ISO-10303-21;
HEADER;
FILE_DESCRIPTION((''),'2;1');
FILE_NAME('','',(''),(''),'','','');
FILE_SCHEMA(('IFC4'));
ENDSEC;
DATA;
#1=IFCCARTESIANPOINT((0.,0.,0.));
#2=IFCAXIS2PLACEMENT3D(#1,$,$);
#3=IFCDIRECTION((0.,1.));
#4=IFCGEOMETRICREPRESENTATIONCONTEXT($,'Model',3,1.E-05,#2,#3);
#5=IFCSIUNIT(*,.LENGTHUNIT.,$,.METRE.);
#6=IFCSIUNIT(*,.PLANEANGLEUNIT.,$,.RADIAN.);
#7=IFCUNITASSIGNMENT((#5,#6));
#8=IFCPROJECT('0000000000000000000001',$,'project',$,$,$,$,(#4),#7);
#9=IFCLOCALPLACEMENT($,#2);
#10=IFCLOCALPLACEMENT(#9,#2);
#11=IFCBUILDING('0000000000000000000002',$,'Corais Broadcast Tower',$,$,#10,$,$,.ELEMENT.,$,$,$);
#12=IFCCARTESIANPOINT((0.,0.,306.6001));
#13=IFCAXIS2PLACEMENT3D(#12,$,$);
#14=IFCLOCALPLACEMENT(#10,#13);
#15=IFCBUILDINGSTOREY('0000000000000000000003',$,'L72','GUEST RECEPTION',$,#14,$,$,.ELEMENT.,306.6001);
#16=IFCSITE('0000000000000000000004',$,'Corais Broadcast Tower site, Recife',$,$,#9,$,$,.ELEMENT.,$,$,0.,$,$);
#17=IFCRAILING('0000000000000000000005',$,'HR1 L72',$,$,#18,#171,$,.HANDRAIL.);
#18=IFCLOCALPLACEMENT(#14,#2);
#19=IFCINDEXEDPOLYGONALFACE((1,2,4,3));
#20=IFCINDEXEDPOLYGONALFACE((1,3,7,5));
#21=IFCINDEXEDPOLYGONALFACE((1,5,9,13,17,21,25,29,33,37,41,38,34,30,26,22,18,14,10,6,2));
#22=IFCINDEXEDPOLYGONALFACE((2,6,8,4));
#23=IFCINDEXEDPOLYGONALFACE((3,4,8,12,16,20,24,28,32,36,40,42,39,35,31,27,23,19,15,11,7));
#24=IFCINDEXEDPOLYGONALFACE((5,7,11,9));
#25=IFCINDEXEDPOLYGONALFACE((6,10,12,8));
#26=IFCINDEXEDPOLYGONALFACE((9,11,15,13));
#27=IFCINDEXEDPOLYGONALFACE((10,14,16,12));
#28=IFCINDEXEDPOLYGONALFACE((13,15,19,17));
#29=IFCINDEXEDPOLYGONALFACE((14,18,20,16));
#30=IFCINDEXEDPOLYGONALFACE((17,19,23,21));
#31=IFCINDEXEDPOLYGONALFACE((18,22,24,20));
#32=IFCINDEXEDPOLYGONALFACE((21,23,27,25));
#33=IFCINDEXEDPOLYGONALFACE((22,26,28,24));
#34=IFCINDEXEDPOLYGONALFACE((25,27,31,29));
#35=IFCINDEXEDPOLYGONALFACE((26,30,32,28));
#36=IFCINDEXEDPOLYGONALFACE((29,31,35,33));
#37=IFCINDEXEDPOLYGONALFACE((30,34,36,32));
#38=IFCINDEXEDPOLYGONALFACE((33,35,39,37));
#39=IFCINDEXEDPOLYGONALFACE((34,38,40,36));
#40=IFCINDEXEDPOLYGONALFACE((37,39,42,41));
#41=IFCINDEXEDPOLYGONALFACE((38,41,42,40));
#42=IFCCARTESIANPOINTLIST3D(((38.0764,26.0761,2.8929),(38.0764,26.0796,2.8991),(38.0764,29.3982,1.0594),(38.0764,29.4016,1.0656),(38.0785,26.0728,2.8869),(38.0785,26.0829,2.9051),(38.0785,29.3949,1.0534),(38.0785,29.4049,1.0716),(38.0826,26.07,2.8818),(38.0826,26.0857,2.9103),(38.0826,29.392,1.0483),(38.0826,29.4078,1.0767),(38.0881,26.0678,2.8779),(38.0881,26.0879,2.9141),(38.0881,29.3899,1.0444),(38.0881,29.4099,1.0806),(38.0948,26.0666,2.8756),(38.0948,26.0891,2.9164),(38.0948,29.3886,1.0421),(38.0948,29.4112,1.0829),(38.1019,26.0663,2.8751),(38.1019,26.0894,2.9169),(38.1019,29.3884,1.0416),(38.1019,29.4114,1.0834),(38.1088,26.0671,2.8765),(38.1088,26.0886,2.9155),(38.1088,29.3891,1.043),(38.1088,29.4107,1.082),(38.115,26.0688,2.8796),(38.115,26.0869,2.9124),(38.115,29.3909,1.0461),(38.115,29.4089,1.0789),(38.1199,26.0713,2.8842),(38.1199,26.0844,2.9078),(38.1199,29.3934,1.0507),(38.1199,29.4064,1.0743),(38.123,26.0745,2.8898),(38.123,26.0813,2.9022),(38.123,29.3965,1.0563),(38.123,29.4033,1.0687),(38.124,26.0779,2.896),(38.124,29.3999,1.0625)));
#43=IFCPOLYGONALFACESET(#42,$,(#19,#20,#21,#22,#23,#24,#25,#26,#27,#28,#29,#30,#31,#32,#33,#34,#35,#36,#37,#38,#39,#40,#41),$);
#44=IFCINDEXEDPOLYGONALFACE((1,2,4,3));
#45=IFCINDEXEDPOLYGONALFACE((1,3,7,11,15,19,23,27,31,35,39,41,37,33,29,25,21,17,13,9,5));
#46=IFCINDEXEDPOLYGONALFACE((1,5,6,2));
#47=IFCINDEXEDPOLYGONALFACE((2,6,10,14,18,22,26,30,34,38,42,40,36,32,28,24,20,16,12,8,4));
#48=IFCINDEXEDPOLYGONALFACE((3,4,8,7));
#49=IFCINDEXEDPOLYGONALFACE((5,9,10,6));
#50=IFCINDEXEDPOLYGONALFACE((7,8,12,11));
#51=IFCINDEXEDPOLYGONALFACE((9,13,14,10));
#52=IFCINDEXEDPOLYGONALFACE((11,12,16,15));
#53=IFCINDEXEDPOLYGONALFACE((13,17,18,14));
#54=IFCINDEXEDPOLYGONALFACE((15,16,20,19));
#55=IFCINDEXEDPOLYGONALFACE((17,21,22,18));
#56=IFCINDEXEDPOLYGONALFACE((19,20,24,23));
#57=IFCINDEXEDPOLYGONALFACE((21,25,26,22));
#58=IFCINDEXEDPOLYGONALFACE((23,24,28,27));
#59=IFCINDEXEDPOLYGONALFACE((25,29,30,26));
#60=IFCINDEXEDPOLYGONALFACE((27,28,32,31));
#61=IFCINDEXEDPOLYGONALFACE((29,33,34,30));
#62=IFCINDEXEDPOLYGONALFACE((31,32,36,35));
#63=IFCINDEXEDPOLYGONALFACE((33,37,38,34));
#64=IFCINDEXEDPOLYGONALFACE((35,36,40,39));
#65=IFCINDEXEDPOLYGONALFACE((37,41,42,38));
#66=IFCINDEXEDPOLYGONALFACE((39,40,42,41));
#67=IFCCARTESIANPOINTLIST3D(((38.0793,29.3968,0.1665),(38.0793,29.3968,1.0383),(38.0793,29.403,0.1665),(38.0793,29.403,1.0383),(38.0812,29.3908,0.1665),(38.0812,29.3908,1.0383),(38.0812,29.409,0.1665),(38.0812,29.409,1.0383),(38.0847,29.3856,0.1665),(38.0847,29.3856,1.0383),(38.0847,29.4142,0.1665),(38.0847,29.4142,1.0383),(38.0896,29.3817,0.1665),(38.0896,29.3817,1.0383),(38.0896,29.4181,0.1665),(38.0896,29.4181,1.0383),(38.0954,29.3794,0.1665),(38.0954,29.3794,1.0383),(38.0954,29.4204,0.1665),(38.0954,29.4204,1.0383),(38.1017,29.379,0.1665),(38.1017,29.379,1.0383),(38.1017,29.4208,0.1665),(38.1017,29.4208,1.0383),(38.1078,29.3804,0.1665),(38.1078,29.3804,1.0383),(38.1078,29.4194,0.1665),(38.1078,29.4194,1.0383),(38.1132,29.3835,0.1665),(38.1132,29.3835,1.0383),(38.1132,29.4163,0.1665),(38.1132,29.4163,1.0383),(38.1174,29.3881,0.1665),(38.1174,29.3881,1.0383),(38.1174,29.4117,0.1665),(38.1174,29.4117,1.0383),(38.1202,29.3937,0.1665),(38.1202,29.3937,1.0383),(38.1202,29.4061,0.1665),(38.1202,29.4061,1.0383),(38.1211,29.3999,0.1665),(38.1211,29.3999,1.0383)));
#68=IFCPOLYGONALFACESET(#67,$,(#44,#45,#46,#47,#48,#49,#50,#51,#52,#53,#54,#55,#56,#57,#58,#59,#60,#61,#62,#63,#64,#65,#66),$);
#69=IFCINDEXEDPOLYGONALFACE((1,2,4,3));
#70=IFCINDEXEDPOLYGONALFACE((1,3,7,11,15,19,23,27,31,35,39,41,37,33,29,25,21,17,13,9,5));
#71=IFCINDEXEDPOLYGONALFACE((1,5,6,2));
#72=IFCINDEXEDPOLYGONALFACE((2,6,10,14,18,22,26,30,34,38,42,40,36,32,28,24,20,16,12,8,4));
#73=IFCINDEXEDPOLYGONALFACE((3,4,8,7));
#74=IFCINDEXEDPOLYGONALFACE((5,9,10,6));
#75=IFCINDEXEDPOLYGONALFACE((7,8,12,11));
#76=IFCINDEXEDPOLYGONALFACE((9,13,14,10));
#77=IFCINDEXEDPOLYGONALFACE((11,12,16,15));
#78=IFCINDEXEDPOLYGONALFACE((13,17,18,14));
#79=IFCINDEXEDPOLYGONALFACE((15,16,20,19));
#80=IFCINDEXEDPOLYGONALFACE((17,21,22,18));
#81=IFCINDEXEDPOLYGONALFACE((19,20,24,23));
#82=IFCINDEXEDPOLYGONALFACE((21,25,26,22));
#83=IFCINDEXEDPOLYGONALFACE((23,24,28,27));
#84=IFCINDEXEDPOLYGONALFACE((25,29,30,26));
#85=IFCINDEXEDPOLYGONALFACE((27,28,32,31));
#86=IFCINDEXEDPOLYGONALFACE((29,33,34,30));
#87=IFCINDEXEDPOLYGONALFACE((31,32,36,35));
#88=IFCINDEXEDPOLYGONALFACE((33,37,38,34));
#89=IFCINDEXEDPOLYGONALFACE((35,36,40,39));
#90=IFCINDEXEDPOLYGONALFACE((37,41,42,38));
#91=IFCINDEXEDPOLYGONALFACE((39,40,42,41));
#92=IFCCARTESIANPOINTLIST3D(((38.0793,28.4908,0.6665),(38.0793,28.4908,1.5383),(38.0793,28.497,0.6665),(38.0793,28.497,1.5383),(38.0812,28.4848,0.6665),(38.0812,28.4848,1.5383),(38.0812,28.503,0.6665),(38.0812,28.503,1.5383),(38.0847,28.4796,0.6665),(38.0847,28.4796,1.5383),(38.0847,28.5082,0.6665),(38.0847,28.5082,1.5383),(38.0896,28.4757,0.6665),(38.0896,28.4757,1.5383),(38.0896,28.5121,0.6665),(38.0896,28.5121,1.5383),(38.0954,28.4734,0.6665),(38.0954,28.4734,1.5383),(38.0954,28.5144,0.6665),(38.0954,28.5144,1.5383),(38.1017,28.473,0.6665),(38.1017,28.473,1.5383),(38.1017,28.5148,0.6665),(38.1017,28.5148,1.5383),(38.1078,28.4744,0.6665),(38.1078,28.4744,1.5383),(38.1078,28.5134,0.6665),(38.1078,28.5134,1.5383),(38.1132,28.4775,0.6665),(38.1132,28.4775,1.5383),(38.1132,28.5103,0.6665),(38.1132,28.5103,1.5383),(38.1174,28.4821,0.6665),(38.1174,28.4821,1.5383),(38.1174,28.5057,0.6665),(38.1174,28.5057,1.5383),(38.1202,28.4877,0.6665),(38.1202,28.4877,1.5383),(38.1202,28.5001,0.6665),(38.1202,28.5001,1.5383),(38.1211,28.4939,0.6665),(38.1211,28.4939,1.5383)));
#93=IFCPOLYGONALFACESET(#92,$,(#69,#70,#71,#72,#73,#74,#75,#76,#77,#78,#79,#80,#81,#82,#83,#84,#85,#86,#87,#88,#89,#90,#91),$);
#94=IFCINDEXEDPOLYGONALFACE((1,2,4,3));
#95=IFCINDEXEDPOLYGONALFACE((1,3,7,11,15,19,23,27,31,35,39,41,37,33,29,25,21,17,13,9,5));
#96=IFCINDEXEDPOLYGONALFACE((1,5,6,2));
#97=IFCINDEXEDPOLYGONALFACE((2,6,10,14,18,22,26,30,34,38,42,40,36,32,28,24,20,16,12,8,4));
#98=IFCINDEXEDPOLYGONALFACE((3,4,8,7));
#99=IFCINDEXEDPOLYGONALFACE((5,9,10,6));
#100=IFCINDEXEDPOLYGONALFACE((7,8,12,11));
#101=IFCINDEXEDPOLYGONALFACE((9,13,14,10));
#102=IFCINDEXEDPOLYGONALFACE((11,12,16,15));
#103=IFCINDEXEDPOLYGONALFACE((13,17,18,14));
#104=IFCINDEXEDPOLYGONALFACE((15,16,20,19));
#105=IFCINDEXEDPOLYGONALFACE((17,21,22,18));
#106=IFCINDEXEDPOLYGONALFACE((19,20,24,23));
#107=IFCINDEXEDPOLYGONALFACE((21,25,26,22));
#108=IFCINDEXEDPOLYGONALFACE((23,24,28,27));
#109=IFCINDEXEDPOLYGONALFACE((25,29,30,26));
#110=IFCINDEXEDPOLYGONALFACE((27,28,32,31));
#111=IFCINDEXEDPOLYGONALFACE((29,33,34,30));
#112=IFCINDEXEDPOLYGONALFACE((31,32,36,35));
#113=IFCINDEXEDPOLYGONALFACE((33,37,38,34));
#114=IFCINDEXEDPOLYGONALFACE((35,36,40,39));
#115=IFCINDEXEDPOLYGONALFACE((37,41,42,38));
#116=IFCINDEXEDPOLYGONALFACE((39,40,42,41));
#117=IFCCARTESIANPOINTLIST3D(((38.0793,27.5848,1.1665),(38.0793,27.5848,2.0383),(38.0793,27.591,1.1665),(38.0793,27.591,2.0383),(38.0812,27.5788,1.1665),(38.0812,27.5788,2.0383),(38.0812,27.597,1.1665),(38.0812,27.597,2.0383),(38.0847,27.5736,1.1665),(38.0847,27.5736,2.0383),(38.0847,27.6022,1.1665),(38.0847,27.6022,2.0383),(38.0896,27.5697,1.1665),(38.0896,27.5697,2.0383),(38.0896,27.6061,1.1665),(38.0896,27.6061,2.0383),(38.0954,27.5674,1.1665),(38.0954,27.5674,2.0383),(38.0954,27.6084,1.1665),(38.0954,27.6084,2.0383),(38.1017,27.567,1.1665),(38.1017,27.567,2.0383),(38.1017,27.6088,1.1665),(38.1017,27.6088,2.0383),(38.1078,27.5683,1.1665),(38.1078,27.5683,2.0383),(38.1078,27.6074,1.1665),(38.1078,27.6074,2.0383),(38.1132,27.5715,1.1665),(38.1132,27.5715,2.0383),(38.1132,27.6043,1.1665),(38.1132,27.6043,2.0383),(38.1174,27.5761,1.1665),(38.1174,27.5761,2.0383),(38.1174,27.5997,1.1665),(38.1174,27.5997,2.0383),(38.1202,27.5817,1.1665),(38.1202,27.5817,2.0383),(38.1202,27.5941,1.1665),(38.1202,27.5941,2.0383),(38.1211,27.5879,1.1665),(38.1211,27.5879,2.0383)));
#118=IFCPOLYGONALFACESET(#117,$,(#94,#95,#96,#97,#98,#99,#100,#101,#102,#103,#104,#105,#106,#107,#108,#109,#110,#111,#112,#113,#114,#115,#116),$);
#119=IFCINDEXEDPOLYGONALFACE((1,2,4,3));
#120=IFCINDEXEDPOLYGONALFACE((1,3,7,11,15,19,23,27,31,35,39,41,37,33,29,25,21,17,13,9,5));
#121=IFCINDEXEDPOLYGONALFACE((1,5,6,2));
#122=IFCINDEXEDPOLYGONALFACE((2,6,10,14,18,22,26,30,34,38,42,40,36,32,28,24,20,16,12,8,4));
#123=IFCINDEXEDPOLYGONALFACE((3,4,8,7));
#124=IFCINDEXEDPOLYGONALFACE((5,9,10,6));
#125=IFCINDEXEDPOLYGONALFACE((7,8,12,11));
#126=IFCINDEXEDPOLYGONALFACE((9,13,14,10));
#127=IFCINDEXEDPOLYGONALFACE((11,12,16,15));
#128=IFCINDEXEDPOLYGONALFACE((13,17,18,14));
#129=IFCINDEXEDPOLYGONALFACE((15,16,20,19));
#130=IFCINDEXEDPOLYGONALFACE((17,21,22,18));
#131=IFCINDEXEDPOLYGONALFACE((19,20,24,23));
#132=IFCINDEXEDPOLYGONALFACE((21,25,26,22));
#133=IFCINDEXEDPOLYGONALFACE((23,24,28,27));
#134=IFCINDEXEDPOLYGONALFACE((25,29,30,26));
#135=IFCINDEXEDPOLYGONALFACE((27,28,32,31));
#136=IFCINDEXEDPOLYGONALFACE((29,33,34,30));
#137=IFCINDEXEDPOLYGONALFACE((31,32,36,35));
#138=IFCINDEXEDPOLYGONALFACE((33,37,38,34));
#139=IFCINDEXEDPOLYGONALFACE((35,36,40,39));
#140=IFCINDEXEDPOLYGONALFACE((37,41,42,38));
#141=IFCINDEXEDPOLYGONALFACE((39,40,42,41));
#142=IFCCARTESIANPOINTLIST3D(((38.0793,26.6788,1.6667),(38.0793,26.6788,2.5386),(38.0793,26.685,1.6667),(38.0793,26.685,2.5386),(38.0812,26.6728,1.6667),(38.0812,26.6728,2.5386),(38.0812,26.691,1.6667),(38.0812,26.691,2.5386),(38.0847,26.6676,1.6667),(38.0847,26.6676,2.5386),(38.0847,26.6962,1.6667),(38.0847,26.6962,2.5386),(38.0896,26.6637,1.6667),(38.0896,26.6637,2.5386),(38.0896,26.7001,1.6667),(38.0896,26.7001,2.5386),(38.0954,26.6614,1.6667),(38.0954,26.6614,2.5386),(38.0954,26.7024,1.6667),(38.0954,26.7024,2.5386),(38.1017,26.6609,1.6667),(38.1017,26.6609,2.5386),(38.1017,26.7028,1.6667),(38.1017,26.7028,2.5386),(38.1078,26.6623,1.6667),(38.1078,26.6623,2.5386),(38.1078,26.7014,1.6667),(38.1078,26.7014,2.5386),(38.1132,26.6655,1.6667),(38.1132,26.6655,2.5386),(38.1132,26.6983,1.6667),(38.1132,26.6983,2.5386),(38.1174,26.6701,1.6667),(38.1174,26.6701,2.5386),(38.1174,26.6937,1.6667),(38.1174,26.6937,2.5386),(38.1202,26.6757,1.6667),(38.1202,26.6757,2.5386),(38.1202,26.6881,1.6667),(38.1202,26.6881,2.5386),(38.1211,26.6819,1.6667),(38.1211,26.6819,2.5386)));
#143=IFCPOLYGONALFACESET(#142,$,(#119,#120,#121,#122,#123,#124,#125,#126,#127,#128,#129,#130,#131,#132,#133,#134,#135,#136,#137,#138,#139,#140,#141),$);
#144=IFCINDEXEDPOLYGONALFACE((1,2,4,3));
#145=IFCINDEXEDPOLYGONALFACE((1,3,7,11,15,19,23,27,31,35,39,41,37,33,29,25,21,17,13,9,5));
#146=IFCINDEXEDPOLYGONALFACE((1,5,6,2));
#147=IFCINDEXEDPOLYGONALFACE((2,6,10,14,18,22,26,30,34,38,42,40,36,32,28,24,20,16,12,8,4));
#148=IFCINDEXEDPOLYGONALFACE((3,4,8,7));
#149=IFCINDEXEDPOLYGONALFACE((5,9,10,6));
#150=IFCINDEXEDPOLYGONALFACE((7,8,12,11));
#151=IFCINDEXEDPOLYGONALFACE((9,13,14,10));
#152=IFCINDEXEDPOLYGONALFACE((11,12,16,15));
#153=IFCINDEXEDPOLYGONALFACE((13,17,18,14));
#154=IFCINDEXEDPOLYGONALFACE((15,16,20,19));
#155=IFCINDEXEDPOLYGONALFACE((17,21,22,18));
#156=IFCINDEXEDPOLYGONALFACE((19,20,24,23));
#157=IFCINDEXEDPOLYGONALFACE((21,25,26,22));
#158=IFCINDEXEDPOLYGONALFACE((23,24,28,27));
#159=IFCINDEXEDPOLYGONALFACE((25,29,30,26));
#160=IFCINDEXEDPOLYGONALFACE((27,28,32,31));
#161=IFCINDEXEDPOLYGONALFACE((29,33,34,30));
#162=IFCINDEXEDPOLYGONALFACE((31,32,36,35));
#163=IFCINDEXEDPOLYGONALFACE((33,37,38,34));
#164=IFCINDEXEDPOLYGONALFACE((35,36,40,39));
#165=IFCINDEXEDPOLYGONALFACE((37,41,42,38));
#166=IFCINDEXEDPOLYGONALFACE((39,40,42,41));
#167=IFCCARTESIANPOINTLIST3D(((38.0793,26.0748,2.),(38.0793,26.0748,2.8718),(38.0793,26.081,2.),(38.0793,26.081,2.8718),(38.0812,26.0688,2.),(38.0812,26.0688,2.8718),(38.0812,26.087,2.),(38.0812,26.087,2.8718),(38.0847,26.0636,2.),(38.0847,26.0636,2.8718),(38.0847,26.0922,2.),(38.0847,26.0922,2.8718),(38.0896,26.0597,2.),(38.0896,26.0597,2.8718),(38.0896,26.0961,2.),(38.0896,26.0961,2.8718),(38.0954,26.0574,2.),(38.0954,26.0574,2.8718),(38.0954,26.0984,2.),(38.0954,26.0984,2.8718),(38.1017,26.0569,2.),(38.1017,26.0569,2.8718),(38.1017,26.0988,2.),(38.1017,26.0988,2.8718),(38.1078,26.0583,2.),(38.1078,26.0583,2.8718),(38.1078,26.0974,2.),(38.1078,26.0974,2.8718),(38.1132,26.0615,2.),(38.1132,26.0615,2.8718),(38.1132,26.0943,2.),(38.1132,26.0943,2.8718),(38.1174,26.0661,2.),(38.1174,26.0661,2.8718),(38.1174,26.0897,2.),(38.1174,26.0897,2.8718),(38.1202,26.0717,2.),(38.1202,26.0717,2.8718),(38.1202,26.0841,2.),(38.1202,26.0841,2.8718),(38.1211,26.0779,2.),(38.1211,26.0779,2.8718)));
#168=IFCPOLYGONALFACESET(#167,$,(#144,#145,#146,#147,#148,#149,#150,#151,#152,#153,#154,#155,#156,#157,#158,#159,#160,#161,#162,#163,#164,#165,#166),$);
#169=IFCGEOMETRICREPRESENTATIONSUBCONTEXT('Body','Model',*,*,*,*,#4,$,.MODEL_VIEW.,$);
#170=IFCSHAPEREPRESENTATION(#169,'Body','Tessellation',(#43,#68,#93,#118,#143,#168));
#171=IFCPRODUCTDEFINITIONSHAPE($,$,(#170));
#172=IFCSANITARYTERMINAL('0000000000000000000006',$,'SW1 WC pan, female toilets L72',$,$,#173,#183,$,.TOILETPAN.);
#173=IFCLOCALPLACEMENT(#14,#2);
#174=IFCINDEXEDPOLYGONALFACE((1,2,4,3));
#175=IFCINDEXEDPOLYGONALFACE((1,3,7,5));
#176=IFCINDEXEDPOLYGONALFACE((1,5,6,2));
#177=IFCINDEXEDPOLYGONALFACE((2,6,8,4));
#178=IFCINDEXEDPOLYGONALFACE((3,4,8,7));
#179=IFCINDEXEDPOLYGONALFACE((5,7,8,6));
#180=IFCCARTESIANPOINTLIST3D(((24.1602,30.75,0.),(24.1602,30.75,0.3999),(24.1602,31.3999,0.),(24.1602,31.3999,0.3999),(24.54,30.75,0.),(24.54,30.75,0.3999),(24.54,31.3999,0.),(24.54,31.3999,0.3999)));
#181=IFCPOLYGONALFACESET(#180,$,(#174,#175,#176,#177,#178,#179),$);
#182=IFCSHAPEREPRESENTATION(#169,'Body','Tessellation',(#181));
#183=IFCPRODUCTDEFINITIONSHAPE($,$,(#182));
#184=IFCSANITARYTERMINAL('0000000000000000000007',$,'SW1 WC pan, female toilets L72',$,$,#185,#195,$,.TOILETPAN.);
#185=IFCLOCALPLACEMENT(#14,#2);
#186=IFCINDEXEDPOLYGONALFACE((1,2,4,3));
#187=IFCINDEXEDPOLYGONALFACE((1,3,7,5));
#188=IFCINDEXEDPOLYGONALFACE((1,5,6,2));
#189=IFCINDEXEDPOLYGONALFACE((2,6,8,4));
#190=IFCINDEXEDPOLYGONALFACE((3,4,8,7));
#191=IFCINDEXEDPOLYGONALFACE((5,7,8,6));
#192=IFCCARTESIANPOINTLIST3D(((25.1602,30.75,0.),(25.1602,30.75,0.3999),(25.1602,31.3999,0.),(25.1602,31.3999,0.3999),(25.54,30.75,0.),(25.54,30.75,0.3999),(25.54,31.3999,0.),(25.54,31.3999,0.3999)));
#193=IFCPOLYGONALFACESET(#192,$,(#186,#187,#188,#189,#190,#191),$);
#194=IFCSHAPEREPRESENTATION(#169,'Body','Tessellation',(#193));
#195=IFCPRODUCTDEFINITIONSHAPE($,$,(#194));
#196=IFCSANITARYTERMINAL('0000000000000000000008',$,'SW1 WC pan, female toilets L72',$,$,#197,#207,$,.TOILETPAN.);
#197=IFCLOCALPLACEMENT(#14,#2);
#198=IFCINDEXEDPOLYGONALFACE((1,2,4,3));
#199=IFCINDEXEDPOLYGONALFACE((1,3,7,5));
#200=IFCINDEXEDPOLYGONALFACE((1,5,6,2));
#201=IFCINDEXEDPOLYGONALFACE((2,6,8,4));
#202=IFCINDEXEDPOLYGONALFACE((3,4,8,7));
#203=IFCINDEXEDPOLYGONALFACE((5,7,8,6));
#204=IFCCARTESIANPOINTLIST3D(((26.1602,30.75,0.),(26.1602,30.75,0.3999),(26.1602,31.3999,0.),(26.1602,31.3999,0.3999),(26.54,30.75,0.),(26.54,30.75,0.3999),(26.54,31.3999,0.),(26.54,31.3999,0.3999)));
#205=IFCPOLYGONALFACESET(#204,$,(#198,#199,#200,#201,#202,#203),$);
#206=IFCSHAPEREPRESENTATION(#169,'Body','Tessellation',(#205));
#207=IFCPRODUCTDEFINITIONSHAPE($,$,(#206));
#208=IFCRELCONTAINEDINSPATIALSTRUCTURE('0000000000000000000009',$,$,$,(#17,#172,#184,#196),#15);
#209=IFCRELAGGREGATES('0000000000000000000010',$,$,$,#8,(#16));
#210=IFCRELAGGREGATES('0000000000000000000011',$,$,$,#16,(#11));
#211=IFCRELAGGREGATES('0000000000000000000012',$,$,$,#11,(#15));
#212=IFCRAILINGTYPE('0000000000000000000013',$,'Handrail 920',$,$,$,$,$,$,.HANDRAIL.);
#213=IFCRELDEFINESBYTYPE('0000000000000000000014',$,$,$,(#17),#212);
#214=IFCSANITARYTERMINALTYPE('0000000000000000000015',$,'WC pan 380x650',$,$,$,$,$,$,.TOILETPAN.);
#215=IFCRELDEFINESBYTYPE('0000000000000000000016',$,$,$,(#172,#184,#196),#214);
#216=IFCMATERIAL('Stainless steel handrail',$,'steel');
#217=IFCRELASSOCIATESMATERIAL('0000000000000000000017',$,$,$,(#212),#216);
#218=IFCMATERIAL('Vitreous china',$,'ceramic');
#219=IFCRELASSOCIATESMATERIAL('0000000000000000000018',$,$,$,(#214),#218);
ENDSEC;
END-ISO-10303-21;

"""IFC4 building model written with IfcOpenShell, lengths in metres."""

from ifc_helpers import new_model, si_unit, direction, frame, origin, origin_2d, place, context, subcontext, project, spatial, rectangle, circle, extrude, material, type_object, element, save


model = new_model("IFC4")

# Units and contexts
model_context = context("Model", 3, precision=1e-05, world=origin(), true_north=direction((0.0, 1.0)))
body_context = subcontext(model_context, "Body", "Model", "MODEL_VIEW")
ifc_project = project(units=[si_unit("LENGTHUNIT", "METRE"), si_unit("PLANEANGLEUNIT", "RADIAN")], contexts=[model_context])

# Site, building, storey
site_placement = place(None, origin())
site = spatial("IfcSite", under=ifc_project, at=site_placement, Name="Corais Broadcast Tower site, Recife", CompositionType="ELEMENT", RefElevation=0.0)
building_placement = place(site_placement, origin())
building = spatial("IfcBuilding", under=site, at=building_placement, Name="Corais Broadcast Tower", CompositionType="ELEMENT")
storey_placement = place(building_placement, frame((0.0, 0.0, 306.6001)))
storey = spatial("IfcBuildingStorey", under=building, at=storey_placement, Name="L72", Description="GUEST RECEPTION", CompositionType="ELEMENT", Elevation=306.6001)

# Railing
ifc_material_1 = material(Name="Stainless steel handrail", Category="steel")
railing_type = type_object("IfcRailingType", Name="Handrail 920", PredefinedType="HANDRAIL", material=ifc_material_1)
for number, where, name in (
    (1, (38.1001, 29.3999, 0.1665), "HR1 L72"),
):
    element("IfcRailing", number, at=place(storey_placement, frame(where)), inside=storey, type_object=railing_type, Name=name, PredefinedType="HANDRAIL", context=body_context, shape_type="SweptSolid", body=[
        extrude(circle(Radius=0.0239, at=origin_2d()), frame((0.0, 0.0, 0.896), z_axis=(0.0, -0.875504, 0.48321), x_axis=(1.0, 0.0, 0.0)), (0.0, 0.0, 1.0), 3.7944),
        extrude(circle(Radius=0.021, at=origin_2d()), origin(), (0.0, 0.0, 1.0), 0.8718),
        extrude(circle(Radius=0.021, at=origin_2d()), frame((0.0, -0.906, 0.5)), (0.0, 0.0, 1.0), 0.8718),
        extrude(circle(Radius=0.021, at=origin_2d()), frame((0.0, -1.812, 1.0)), (0.0, 0.0, 1.0), 0.8718),
        extrude(circle(Radius=0.021, at=origin_2d()), frame((0.0, -2.718, 1.5002)), (0.0, 0.0, 1.0), 0.8718),
        extrude(circle(Radius=0.021, at=origin_2d()), frame((0.0, -3.322, 1.8335)), (0.0, 0.0, 1.0), 0.8718),
    ])

# Sanitary terminals
ifc_material_2 = material(Name="Vitreous china", Category="ceramic")
sanitary_terminal_type = type_object("IfcSanitaryTerminalType", Name="WC pan 380x650", PredefinedType="TOILETPAN", material=ifc_material_2)
for number, where, z_axis, x_axis, name in (
    (2, (24.3501, 31.075, 0.0), (0.0, 0.0, 1.0), (1.0, 0.0, 0.0), "SW1 WC pan, female toilets L72"),
    (3, (25.3501, 31.075, 0.0), (0.0, 0.0, 1.0), (1.0, 0.0, 0.0), "SW1 WC pan, female toilets L72"),
    (4, (26.3501, 31.075, 0.0), (0.0, 0.0, 1.0), (1.0, 0.0, 0.0), "SW1 WC pan, female toilets L72"),
):
    element("IfcSanitaryTerminal", number, at=place(storey_placement, frame(where, z_axis=z_axis, x_axis=x_axis)), inside=storey, type_object=sanitary_terminal_type, Name=name, PredefinedType="TOILETPAN", context=body_context, shape_type="SweptSolid", body=[
        extrude(rectangle(XDim=0.3799, YDim=0.6499, at=origin_2d()), origin(), (0.0, 0.0, 1.0), 0.3999),
    ])

save(model, "model.ifc")
